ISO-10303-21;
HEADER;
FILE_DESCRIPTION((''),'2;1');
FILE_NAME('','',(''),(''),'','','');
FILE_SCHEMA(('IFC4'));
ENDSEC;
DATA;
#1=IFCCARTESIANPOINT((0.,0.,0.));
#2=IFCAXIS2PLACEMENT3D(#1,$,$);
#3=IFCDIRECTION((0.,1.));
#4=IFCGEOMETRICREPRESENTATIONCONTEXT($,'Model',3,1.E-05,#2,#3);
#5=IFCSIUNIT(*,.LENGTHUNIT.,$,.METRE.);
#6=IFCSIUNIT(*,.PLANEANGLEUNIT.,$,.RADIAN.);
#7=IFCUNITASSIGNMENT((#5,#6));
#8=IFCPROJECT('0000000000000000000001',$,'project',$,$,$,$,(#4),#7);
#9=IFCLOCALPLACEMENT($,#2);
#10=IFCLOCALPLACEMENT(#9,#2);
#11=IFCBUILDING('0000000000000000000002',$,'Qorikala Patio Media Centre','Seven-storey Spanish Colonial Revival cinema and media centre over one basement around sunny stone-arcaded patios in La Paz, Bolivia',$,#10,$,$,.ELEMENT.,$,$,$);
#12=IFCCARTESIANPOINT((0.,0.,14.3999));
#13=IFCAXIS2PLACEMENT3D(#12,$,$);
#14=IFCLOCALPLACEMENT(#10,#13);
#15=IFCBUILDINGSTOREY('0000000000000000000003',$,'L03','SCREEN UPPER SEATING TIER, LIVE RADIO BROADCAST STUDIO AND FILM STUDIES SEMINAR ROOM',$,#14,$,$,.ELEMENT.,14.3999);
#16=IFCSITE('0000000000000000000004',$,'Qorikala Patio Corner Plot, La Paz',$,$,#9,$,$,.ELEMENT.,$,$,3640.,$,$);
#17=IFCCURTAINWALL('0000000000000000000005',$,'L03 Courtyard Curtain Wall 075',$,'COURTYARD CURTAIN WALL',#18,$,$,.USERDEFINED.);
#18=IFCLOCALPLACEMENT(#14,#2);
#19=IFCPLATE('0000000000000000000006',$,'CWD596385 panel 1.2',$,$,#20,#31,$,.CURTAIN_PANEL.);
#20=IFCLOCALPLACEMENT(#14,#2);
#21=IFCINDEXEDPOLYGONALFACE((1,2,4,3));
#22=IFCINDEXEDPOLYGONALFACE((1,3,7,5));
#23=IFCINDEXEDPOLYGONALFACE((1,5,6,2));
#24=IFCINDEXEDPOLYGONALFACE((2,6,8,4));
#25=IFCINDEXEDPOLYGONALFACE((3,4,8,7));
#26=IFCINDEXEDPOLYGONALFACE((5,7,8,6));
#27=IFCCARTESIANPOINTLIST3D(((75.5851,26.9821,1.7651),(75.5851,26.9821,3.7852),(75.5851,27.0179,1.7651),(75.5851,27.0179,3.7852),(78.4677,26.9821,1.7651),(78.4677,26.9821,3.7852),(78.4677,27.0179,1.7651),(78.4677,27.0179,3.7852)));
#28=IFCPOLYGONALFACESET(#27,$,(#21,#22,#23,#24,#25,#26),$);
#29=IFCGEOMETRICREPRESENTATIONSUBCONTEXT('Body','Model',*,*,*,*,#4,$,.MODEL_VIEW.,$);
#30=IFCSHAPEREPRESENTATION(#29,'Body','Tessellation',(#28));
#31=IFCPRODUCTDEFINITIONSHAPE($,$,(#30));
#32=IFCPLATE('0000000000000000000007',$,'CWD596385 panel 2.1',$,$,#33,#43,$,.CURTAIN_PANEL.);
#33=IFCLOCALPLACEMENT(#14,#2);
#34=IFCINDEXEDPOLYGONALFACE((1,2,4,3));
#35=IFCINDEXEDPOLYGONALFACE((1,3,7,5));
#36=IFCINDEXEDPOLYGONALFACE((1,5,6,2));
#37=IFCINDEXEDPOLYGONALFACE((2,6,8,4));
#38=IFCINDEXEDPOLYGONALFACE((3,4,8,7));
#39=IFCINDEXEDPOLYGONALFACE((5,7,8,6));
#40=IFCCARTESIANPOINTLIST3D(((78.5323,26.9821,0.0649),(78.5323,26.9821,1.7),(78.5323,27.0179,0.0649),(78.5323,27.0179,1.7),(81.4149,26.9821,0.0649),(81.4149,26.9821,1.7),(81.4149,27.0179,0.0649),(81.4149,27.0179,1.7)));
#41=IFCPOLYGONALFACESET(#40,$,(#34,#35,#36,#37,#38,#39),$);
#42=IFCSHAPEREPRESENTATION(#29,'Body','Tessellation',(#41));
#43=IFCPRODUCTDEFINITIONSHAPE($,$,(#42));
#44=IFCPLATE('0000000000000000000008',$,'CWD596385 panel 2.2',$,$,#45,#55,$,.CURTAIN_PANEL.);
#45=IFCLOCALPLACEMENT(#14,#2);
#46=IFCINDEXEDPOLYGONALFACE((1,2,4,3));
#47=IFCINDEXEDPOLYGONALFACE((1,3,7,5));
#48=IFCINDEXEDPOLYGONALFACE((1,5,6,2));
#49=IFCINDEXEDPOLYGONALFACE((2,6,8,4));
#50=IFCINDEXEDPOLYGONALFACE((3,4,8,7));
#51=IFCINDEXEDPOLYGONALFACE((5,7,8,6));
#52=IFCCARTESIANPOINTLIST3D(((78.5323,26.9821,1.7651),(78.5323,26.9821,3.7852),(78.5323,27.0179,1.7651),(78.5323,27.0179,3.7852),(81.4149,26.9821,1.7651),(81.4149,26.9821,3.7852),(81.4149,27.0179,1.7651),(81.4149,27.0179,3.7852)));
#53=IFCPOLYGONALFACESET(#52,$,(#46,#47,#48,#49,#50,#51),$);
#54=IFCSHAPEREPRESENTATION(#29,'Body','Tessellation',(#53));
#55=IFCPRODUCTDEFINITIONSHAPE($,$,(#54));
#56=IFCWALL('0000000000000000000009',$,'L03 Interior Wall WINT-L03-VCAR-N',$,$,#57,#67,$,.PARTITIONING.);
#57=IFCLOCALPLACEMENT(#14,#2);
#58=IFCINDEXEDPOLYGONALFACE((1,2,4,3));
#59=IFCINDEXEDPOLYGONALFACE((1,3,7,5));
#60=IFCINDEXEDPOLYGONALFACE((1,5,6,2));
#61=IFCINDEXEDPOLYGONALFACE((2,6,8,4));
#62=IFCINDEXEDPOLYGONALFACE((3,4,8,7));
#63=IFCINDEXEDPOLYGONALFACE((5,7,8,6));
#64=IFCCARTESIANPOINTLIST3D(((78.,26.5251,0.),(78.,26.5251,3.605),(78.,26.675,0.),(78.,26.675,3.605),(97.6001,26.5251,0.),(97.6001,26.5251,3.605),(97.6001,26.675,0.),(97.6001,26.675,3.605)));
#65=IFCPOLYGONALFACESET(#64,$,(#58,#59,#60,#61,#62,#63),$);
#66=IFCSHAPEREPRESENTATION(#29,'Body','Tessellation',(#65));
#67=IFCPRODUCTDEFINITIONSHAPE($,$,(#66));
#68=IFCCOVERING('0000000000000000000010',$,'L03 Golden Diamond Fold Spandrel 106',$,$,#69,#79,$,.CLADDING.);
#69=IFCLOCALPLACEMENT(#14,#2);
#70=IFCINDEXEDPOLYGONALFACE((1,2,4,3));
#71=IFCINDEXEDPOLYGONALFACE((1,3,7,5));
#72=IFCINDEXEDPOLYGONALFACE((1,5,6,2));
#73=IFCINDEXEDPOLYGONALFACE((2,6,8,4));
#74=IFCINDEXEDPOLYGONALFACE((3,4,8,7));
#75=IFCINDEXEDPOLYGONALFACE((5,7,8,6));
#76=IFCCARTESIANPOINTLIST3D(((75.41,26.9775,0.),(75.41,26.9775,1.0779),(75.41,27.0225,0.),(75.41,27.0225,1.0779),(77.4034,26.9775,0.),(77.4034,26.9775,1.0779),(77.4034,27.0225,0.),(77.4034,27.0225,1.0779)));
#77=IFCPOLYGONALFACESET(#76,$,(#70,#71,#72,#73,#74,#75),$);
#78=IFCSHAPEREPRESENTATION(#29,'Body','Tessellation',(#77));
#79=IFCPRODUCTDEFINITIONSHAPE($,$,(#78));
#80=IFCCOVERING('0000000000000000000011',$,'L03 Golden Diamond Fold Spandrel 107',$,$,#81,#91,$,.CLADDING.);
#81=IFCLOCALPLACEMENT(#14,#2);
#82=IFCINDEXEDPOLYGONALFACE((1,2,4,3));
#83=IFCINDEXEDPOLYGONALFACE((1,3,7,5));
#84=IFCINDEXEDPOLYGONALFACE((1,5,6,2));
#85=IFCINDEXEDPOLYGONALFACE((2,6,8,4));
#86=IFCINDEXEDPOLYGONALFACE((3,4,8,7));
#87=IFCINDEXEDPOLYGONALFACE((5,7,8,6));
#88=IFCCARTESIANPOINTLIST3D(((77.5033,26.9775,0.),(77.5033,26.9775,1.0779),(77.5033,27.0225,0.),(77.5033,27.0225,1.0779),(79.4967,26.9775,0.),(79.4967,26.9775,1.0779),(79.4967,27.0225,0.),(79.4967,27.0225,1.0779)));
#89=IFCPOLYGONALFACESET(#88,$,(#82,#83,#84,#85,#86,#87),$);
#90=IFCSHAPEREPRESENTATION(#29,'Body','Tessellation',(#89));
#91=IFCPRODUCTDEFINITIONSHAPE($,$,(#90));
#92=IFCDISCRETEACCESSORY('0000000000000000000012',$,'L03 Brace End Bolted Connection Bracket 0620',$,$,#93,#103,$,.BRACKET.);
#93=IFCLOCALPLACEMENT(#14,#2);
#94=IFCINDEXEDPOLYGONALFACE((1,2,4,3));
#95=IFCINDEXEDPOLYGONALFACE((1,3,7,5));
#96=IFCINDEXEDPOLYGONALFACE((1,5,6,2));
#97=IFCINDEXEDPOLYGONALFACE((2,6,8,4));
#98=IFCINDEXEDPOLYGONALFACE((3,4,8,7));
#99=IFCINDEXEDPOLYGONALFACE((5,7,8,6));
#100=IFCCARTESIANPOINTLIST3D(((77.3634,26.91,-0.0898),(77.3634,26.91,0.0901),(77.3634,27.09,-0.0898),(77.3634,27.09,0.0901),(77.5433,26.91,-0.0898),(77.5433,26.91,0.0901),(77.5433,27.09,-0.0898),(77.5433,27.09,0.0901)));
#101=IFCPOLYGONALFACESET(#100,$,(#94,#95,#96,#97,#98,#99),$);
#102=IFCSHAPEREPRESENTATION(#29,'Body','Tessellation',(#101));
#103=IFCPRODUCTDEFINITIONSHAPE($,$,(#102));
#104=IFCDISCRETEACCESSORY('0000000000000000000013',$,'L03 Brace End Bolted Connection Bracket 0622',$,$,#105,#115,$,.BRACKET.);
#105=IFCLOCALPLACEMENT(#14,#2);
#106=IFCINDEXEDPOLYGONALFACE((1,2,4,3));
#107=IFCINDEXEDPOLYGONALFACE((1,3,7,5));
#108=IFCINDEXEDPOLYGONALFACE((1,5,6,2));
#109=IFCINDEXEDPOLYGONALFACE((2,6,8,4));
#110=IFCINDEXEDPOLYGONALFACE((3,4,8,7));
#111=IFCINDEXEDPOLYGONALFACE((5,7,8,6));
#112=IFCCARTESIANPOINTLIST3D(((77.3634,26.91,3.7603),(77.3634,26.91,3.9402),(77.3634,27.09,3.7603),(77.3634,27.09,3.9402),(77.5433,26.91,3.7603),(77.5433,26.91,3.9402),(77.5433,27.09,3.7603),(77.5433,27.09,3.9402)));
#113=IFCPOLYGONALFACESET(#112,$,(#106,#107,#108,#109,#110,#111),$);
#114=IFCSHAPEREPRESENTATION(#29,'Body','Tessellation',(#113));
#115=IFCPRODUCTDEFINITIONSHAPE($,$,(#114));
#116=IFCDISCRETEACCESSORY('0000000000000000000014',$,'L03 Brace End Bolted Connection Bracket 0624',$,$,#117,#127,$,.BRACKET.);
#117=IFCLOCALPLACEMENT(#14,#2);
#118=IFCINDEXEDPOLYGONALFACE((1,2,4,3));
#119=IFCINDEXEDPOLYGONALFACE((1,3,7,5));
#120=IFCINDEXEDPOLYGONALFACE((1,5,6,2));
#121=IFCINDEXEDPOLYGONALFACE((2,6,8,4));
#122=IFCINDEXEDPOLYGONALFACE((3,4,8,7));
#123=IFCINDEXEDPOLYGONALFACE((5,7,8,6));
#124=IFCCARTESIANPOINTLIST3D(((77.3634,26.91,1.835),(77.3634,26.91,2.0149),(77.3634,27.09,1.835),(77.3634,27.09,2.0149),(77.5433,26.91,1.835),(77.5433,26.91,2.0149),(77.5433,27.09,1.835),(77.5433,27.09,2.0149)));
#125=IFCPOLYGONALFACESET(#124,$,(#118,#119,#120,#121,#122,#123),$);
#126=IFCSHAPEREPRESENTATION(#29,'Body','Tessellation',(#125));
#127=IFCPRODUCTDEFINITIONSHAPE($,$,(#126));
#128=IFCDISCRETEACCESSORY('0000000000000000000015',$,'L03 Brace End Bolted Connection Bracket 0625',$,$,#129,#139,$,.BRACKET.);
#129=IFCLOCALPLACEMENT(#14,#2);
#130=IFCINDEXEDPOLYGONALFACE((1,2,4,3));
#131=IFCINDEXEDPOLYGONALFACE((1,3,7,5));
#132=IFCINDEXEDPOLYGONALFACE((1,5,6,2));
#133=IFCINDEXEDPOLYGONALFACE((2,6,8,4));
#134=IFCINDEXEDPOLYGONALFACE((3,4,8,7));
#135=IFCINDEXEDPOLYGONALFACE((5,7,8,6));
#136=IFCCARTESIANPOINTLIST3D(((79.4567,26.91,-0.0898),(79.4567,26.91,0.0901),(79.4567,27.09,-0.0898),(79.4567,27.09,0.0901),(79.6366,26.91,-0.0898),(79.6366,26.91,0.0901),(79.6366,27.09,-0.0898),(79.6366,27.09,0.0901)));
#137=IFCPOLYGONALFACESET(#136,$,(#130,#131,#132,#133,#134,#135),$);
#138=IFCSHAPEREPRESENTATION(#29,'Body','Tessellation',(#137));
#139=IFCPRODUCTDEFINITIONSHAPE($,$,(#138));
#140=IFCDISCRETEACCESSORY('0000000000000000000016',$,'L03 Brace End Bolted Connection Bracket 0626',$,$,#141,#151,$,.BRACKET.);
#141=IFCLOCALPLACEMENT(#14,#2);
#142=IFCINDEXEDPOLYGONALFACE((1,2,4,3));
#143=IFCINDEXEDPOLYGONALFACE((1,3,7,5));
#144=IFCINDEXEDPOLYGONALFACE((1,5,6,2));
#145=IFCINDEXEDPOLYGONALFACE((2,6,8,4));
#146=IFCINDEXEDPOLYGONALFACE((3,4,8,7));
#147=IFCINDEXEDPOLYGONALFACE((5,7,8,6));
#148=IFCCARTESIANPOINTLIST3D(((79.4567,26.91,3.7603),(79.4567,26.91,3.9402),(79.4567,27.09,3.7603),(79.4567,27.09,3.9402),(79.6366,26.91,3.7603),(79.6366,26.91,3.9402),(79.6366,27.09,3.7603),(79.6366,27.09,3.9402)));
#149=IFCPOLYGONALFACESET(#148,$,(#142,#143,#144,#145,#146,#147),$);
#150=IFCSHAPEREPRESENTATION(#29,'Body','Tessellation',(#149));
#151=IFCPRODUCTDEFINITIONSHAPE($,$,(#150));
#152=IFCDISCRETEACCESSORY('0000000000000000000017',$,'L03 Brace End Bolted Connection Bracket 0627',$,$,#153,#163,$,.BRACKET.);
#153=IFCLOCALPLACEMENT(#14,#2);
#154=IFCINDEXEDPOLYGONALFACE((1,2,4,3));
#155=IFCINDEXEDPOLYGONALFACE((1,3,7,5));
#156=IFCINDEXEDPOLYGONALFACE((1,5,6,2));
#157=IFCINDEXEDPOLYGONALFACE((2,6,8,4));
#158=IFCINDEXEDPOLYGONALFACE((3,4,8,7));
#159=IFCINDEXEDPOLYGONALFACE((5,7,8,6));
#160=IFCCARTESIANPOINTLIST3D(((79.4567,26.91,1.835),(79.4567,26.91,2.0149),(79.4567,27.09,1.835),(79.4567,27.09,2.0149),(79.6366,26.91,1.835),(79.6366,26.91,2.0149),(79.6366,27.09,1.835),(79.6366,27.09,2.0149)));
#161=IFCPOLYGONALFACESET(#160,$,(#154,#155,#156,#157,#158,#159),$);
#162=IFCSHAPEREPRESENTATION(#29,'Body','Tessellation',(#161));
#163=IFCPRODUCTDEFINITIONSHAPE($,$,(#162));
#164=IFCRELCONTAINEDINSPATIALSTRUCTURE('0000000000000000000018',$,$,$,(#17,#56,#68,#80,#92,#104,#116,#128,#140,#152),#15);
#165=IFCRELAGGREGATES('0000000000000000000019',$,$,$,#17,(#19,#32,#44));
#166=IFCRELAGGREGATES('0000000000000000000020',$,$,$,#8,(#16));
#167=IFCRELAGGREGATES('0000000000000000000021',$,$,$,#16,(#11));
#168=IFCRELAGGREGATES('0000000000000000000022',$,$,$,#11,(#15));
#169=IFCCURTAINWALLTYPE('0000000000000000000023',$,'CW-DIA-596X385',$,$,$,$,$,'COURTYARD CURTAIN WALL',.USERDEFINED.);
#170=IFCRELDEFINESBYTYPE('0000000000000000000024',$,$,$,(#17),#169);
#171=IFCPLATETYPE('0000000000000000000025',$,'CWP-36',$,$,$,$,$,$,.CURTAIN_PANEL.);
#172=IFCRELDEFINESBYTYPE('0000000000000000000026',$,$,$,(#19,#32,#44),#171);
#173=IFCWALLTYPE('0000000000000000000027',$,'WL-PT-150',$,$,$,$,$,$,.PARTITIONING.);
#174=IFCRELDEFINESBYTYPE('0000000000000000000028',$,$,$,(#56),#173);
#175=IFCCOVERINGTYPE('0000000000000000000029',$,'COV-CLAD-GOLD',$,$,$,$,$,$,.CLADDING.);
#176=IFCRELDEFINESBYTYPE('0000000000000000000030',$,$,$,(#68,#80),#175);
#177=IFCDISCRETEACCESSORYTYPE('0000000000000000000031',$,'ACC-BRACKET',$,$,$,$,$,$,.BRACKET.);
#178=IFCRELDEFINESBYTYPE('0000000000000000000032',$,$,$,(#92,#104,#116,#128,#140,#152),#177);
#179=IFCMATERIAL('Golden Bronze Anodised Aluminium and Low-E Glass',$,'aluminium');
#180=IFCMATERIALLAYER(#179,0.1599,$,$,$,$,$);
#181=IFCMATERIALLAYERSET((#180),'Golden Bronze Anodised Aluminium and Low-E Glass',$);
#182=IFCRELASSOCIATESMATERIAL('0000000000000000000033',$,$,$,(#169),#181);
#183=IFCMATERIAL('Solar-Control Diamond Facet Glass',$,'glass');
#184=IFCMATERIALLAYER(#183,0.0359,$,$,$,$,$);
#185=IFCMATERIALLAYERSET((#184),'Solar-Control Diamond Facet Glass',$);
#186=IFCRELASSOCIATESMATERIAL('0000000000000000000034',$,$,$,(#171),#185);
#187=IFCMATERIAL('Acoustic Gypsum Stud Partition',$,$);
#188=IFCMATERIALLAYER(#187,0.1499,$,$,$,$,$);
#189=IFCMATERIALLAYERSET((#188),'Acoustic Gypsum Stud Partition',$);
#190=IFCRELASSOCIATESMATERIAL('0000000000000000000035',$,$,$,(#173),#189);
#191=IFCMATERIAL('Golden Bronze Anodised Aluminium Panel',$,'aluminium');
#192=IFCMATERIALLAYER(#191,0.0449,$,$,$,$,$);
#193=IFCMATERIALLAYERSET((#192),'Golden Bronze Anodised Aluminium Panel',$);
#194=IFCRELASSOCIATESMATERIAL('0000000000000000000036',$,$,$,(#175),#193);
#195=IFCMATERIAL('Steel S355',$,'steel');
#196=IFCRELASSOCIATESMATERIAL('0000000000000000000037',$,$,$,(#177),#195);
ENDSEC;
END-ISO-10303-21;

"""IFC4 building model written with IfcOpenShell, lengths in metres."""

from ifc_helpers import new_model, si_unit, direction, frame, frame_2d, origin, origin_2d, place, context, subcontext, project, spatial, rectangle, extrude, material, layer, layer_set, type_object, element, aggregate, save


model = new_model("IFC4")

# Units and contexts
model_context = context("Model", 3, precision=1e-05, world=origin(), true_north=direction((0.0, 1.0)))
body_context = subcontext(model_context, "Body", "Model", "MODEL_VIEW")
ifc_project = project(units=[si_unit("LENGTHUNIT", "METRE"), si_unit("PLANEANGLEUNIT", "RADIAN")], contexts=[model_context])

# Site, building, storey
site_placement = place(None, origin())
site = spatial("IfcSite", under=ifc_project, at=site_placement, Name="Qorikala Patio Corner Plot, La Paz", CompositionType="ELEMENT", RefElevation=3640.0)
building_placement = place(site_placement, origin())
building = spatial("IfcBuilding", under=site, at=building_placement, Name="Qorikala Patio Media Centre", Description="Seven-storey Spanish Colonial Revival cinema and media centre over one basement around sunny stone-arcaded patios in La Paz, Bolivia", CompositionType="ELEMENT")
storey_placement = place(building_placement, frame((0.0, 0.0, 14.3999)))
storey = spatial("IfcBuildingStorey", under=building, at=storey_placement, Name="L03", Description="SCREEN UPPER SEATING TIER, LIVE RADIO BROADCAST STUDIO AND FILM STUDIES SEMINAR ROOM", CompositionType="ELEMENT", Elevation=14.3999)

# Curtain wall
ifc_material_1 = material(Name="Golden Bronze Anodised Aluminium and Low-E Glass", Category="aluminium")
ifc_layer_1 = layer(ifc_material_1, 0.1599)
ifc_layer_set_1 = layer_set([ifc_layer_1], Name="Golden Bronze Anodised Aluminium and Low-E Glass")
curtain_wall_type = type_object("IfcCurtainWallType", Name="CW-DIA-596X385", ElementType="COURTYARD CURTAIN WALL", PredefinedType="USERDEFINED", material=ifc_layer_set_1)
curtain_wall_placement = place(storey_placement, origin())
curtain_wall = element("IfcCurtainWall", 1, at=curtain_wall_placement, inside=storey, type_object=curtain_wall_type, Name="L03 Courtyard Curtain Wall 075", ObjectType="COURTYARD CURTAIN WALL", PredefinedType="USERDEFINED")

# Plates
ifc_material_2 = material(Name="Solar-Control Diamond Facet Glass", Category="glass")
ifc_layer_2 = layer(ifc_material_2, 0.0359)
ifc_layer_set_2 = layer_set([ifc_layer_2], Name="Solar-Control Diamond Facet Glass")
plate_type = type_object("IfcPlateType", Name="CWP-36", PredefinedType="CURTAIN_PANEL", material=ifc_layer_set_2)
plate_1_placement = place(storey_placement, frame((77.0264, 27.0, 1.7651), z_axis=(0.0, 0.0, 1.0), x_axis=(1.0, 0.0, 0.0)))
plate_1 = element("IfcPlate", 2, at=plate_1_placement, type_object=plate_type, Name="CWD596385 panel 1.2", PredefinedType="CURTAIN_PANEL", context=body_context, shape_type="SweptSolid", body=[
    extrude(rectangle(XDim=2.8826, YDim=0.0359, at=origin_2d()), origin(), (0.0, 0.0, 1.0), 2.02),
])
plate_2_placement = place(storey_placement, frame((79.9736, 27.0, 0.0649), z_axis=(0.0, 0.0, 1.0), x_axis=(1.0, 0.0, 0.0)))
plate_2 = element("IfcPlate", 3, at=plate_2_placement, type_object=plate_type, Name="CWD596385 panel 2.1", PredefinedType="CURTAIN_PANEL", context=body_context, shape_type="SweptSolid", body=[
    extrude(rectangle(XDim=2.8826, YDim=0.0359, at=origin_2d()), origin(), (0.0, 0.0, 1.0), 1.635),
])
plate_3_placement = place(storey_placement, frame((79.9736, 27.0, 1.7651), z_axis=(0.0, 0.0, 1.0), x_axis=(1.0, 0.0, 0.0)))
plate_3 = element("IfcPlate", 4, at=plate_3_placement, type_object=plate_type, Name="CWD596385 panel 2.2", PredefinedType="CURTAIN_PANEL", context=body_context, shape_type="SweptSolid", body=[
    extrude(rectangle(XDim=2.8826, YDim=0.0359, at=origin_2d()), origin(), (0.0, 0.0, 1.0), 2.02),
])
aggregate(curtain_wall, [plate_1, plate_2, plate_3])

# Wall
ifc_material_3 = material(Name="Acoustic Gypsum Stud Partition")
ifc_layer_3 = layer(ifc_material_3, 0.1499)
ifc_layer_set_3 = layer_set([ifc_layer_3], Name="Acoustic Gypsum Stud Partition")
wall_type = type_object("IfcWallType", Name="WL-PT-150", PredefinedType="PARTITIONING", material=ifc_layer_set_3)
wall_placement = place(storey_placement, frame((78.0, 26.6001, 0.0), z_axis=(0.0, 0.0, 1.0), x_axis=(1.0, 0.0, 0.0)))
element("IfcWall", 5, at=wall_placement, inside=storey, type_object=wall_type, Name="L03 Interior Wall WINT-L03-VCAR-N", PredefinedType="PARTITIONING", context=body_context, shape_type="SweptSolid", body=[
    extrude(rectangle(XDim=19.6001, YDim=0.1499, at=frame_2d((9.8, 0.0))), origin(), (0.0, 0.0, 1.0), 3.605),
])

# Coverings
ifc_material_4 = material(Name="Golden Bronze Anodised Aluminium Panel", Category="aluminium")
ifc_layer_4 = layer(ifc_material_4, 0.0449)
ifc_layer_set_4 = layer_set([ifc_layer_4], Name="Golden Bronze Anodised Aluminium Panel")
covering_type = type_object("IfcCoveringType", Name="COV-CLAD-GOLD", PredefinedType="CLADDING", material=ifc_layer_set_4)
for number, where, z_axis, x_axis, name in (
    (6, (76.4067, 27.0, 0.0), (0.0, 0.0, 1.0), (1.0, 0.0, 0.0), "L03 Golden Diamond Fold Spandrel 106"),
    (7, (78.5, 27.0, 0.0), (0.0, 0.0, 1.0), (1.0, 0.0, 0.0), "L03 Golden Diamond Fold Spandrel 107"),
):
    element("IfcCovering", number, at=place(storey_placement, frame(where, z_axis=z_axis, x_axis=x_axis)), inside=storey, type_object=covering_type, Name=name, PredefinedType="CLADDING", context=body_context, shape_type="SweptSolid", body=[
        extrude(rectangle(XDim=1.9934, YDim=0.0449, at=origin_2d()), origin(), (0.0, 0.0, 1.0), 1.0779),
    ])

# Discrete accessories
ifc_material_5 = material(Name="Steel S355", Category="steel")
discrete_accessory_type = type_object("IfcDiscreteAccessoryType", Name="ACC-BRACKET", PredefinedType="BRACKET", material=ifc_material_5)
for number, where, z_axis, x_axis, name in (
    (8, (77.4534, 27.0, -0.0898), (0.0, 0.0, 1.0), (1.0, 0.0, 0.0), "L03 Brace End Bolted Connection Bracket 0620"),
    (9, (77.4534, 27.0, 3.7603), (0.0, 0.0, 1.0), (1.0, 0.0, 0.0), "L03 Brace End Bolted Connection Bracket 0622"),
    (10, (77.4534, 27.0, 1.835), (0.0, 0.0, 1.0), (1.0, 0.0, 0.0), "L03 Brace End Bolted Connection Bracket 0624"),
    (11, (79.5466, 27.0, -0.0898), (0.0, 0.0, 1.0), (1.0, 0.0, 0.0), "L03 Brace End Bolted Connection Bracket 0625"),
    (12, (79.5466, 27.0, 3.7603), (0.0, 0.0, 1.0), (1.0, 0.0, 0.0), "L03 Brace End Bolted Connection Bracket 0626"),
    (13, (79.5466, 27.0, 1.835), (0.0, 0.0, 1.0), (1.0, 0.0, 0.0), "L03 Brace End Bolted Connection Bracket 0627"),
):
    element("IfcDiscreteAccessory", number, at=place(storey_placement, frame(where, z_axis=z_axis, x_axis=x_axis)), inside=storey, type_object=discrete_accessory_type, Name=name, PredefinedType="BRACKET", context=body_context, shape_type="SweptSolid", body=[
        extrude(rectangle(XDim=0.1799, YDim=0.1799, at=origin_2d()), origin(), (0.0, 0.0, 1.0), 0.1799),
    ])

save(model, "model.ifc")
